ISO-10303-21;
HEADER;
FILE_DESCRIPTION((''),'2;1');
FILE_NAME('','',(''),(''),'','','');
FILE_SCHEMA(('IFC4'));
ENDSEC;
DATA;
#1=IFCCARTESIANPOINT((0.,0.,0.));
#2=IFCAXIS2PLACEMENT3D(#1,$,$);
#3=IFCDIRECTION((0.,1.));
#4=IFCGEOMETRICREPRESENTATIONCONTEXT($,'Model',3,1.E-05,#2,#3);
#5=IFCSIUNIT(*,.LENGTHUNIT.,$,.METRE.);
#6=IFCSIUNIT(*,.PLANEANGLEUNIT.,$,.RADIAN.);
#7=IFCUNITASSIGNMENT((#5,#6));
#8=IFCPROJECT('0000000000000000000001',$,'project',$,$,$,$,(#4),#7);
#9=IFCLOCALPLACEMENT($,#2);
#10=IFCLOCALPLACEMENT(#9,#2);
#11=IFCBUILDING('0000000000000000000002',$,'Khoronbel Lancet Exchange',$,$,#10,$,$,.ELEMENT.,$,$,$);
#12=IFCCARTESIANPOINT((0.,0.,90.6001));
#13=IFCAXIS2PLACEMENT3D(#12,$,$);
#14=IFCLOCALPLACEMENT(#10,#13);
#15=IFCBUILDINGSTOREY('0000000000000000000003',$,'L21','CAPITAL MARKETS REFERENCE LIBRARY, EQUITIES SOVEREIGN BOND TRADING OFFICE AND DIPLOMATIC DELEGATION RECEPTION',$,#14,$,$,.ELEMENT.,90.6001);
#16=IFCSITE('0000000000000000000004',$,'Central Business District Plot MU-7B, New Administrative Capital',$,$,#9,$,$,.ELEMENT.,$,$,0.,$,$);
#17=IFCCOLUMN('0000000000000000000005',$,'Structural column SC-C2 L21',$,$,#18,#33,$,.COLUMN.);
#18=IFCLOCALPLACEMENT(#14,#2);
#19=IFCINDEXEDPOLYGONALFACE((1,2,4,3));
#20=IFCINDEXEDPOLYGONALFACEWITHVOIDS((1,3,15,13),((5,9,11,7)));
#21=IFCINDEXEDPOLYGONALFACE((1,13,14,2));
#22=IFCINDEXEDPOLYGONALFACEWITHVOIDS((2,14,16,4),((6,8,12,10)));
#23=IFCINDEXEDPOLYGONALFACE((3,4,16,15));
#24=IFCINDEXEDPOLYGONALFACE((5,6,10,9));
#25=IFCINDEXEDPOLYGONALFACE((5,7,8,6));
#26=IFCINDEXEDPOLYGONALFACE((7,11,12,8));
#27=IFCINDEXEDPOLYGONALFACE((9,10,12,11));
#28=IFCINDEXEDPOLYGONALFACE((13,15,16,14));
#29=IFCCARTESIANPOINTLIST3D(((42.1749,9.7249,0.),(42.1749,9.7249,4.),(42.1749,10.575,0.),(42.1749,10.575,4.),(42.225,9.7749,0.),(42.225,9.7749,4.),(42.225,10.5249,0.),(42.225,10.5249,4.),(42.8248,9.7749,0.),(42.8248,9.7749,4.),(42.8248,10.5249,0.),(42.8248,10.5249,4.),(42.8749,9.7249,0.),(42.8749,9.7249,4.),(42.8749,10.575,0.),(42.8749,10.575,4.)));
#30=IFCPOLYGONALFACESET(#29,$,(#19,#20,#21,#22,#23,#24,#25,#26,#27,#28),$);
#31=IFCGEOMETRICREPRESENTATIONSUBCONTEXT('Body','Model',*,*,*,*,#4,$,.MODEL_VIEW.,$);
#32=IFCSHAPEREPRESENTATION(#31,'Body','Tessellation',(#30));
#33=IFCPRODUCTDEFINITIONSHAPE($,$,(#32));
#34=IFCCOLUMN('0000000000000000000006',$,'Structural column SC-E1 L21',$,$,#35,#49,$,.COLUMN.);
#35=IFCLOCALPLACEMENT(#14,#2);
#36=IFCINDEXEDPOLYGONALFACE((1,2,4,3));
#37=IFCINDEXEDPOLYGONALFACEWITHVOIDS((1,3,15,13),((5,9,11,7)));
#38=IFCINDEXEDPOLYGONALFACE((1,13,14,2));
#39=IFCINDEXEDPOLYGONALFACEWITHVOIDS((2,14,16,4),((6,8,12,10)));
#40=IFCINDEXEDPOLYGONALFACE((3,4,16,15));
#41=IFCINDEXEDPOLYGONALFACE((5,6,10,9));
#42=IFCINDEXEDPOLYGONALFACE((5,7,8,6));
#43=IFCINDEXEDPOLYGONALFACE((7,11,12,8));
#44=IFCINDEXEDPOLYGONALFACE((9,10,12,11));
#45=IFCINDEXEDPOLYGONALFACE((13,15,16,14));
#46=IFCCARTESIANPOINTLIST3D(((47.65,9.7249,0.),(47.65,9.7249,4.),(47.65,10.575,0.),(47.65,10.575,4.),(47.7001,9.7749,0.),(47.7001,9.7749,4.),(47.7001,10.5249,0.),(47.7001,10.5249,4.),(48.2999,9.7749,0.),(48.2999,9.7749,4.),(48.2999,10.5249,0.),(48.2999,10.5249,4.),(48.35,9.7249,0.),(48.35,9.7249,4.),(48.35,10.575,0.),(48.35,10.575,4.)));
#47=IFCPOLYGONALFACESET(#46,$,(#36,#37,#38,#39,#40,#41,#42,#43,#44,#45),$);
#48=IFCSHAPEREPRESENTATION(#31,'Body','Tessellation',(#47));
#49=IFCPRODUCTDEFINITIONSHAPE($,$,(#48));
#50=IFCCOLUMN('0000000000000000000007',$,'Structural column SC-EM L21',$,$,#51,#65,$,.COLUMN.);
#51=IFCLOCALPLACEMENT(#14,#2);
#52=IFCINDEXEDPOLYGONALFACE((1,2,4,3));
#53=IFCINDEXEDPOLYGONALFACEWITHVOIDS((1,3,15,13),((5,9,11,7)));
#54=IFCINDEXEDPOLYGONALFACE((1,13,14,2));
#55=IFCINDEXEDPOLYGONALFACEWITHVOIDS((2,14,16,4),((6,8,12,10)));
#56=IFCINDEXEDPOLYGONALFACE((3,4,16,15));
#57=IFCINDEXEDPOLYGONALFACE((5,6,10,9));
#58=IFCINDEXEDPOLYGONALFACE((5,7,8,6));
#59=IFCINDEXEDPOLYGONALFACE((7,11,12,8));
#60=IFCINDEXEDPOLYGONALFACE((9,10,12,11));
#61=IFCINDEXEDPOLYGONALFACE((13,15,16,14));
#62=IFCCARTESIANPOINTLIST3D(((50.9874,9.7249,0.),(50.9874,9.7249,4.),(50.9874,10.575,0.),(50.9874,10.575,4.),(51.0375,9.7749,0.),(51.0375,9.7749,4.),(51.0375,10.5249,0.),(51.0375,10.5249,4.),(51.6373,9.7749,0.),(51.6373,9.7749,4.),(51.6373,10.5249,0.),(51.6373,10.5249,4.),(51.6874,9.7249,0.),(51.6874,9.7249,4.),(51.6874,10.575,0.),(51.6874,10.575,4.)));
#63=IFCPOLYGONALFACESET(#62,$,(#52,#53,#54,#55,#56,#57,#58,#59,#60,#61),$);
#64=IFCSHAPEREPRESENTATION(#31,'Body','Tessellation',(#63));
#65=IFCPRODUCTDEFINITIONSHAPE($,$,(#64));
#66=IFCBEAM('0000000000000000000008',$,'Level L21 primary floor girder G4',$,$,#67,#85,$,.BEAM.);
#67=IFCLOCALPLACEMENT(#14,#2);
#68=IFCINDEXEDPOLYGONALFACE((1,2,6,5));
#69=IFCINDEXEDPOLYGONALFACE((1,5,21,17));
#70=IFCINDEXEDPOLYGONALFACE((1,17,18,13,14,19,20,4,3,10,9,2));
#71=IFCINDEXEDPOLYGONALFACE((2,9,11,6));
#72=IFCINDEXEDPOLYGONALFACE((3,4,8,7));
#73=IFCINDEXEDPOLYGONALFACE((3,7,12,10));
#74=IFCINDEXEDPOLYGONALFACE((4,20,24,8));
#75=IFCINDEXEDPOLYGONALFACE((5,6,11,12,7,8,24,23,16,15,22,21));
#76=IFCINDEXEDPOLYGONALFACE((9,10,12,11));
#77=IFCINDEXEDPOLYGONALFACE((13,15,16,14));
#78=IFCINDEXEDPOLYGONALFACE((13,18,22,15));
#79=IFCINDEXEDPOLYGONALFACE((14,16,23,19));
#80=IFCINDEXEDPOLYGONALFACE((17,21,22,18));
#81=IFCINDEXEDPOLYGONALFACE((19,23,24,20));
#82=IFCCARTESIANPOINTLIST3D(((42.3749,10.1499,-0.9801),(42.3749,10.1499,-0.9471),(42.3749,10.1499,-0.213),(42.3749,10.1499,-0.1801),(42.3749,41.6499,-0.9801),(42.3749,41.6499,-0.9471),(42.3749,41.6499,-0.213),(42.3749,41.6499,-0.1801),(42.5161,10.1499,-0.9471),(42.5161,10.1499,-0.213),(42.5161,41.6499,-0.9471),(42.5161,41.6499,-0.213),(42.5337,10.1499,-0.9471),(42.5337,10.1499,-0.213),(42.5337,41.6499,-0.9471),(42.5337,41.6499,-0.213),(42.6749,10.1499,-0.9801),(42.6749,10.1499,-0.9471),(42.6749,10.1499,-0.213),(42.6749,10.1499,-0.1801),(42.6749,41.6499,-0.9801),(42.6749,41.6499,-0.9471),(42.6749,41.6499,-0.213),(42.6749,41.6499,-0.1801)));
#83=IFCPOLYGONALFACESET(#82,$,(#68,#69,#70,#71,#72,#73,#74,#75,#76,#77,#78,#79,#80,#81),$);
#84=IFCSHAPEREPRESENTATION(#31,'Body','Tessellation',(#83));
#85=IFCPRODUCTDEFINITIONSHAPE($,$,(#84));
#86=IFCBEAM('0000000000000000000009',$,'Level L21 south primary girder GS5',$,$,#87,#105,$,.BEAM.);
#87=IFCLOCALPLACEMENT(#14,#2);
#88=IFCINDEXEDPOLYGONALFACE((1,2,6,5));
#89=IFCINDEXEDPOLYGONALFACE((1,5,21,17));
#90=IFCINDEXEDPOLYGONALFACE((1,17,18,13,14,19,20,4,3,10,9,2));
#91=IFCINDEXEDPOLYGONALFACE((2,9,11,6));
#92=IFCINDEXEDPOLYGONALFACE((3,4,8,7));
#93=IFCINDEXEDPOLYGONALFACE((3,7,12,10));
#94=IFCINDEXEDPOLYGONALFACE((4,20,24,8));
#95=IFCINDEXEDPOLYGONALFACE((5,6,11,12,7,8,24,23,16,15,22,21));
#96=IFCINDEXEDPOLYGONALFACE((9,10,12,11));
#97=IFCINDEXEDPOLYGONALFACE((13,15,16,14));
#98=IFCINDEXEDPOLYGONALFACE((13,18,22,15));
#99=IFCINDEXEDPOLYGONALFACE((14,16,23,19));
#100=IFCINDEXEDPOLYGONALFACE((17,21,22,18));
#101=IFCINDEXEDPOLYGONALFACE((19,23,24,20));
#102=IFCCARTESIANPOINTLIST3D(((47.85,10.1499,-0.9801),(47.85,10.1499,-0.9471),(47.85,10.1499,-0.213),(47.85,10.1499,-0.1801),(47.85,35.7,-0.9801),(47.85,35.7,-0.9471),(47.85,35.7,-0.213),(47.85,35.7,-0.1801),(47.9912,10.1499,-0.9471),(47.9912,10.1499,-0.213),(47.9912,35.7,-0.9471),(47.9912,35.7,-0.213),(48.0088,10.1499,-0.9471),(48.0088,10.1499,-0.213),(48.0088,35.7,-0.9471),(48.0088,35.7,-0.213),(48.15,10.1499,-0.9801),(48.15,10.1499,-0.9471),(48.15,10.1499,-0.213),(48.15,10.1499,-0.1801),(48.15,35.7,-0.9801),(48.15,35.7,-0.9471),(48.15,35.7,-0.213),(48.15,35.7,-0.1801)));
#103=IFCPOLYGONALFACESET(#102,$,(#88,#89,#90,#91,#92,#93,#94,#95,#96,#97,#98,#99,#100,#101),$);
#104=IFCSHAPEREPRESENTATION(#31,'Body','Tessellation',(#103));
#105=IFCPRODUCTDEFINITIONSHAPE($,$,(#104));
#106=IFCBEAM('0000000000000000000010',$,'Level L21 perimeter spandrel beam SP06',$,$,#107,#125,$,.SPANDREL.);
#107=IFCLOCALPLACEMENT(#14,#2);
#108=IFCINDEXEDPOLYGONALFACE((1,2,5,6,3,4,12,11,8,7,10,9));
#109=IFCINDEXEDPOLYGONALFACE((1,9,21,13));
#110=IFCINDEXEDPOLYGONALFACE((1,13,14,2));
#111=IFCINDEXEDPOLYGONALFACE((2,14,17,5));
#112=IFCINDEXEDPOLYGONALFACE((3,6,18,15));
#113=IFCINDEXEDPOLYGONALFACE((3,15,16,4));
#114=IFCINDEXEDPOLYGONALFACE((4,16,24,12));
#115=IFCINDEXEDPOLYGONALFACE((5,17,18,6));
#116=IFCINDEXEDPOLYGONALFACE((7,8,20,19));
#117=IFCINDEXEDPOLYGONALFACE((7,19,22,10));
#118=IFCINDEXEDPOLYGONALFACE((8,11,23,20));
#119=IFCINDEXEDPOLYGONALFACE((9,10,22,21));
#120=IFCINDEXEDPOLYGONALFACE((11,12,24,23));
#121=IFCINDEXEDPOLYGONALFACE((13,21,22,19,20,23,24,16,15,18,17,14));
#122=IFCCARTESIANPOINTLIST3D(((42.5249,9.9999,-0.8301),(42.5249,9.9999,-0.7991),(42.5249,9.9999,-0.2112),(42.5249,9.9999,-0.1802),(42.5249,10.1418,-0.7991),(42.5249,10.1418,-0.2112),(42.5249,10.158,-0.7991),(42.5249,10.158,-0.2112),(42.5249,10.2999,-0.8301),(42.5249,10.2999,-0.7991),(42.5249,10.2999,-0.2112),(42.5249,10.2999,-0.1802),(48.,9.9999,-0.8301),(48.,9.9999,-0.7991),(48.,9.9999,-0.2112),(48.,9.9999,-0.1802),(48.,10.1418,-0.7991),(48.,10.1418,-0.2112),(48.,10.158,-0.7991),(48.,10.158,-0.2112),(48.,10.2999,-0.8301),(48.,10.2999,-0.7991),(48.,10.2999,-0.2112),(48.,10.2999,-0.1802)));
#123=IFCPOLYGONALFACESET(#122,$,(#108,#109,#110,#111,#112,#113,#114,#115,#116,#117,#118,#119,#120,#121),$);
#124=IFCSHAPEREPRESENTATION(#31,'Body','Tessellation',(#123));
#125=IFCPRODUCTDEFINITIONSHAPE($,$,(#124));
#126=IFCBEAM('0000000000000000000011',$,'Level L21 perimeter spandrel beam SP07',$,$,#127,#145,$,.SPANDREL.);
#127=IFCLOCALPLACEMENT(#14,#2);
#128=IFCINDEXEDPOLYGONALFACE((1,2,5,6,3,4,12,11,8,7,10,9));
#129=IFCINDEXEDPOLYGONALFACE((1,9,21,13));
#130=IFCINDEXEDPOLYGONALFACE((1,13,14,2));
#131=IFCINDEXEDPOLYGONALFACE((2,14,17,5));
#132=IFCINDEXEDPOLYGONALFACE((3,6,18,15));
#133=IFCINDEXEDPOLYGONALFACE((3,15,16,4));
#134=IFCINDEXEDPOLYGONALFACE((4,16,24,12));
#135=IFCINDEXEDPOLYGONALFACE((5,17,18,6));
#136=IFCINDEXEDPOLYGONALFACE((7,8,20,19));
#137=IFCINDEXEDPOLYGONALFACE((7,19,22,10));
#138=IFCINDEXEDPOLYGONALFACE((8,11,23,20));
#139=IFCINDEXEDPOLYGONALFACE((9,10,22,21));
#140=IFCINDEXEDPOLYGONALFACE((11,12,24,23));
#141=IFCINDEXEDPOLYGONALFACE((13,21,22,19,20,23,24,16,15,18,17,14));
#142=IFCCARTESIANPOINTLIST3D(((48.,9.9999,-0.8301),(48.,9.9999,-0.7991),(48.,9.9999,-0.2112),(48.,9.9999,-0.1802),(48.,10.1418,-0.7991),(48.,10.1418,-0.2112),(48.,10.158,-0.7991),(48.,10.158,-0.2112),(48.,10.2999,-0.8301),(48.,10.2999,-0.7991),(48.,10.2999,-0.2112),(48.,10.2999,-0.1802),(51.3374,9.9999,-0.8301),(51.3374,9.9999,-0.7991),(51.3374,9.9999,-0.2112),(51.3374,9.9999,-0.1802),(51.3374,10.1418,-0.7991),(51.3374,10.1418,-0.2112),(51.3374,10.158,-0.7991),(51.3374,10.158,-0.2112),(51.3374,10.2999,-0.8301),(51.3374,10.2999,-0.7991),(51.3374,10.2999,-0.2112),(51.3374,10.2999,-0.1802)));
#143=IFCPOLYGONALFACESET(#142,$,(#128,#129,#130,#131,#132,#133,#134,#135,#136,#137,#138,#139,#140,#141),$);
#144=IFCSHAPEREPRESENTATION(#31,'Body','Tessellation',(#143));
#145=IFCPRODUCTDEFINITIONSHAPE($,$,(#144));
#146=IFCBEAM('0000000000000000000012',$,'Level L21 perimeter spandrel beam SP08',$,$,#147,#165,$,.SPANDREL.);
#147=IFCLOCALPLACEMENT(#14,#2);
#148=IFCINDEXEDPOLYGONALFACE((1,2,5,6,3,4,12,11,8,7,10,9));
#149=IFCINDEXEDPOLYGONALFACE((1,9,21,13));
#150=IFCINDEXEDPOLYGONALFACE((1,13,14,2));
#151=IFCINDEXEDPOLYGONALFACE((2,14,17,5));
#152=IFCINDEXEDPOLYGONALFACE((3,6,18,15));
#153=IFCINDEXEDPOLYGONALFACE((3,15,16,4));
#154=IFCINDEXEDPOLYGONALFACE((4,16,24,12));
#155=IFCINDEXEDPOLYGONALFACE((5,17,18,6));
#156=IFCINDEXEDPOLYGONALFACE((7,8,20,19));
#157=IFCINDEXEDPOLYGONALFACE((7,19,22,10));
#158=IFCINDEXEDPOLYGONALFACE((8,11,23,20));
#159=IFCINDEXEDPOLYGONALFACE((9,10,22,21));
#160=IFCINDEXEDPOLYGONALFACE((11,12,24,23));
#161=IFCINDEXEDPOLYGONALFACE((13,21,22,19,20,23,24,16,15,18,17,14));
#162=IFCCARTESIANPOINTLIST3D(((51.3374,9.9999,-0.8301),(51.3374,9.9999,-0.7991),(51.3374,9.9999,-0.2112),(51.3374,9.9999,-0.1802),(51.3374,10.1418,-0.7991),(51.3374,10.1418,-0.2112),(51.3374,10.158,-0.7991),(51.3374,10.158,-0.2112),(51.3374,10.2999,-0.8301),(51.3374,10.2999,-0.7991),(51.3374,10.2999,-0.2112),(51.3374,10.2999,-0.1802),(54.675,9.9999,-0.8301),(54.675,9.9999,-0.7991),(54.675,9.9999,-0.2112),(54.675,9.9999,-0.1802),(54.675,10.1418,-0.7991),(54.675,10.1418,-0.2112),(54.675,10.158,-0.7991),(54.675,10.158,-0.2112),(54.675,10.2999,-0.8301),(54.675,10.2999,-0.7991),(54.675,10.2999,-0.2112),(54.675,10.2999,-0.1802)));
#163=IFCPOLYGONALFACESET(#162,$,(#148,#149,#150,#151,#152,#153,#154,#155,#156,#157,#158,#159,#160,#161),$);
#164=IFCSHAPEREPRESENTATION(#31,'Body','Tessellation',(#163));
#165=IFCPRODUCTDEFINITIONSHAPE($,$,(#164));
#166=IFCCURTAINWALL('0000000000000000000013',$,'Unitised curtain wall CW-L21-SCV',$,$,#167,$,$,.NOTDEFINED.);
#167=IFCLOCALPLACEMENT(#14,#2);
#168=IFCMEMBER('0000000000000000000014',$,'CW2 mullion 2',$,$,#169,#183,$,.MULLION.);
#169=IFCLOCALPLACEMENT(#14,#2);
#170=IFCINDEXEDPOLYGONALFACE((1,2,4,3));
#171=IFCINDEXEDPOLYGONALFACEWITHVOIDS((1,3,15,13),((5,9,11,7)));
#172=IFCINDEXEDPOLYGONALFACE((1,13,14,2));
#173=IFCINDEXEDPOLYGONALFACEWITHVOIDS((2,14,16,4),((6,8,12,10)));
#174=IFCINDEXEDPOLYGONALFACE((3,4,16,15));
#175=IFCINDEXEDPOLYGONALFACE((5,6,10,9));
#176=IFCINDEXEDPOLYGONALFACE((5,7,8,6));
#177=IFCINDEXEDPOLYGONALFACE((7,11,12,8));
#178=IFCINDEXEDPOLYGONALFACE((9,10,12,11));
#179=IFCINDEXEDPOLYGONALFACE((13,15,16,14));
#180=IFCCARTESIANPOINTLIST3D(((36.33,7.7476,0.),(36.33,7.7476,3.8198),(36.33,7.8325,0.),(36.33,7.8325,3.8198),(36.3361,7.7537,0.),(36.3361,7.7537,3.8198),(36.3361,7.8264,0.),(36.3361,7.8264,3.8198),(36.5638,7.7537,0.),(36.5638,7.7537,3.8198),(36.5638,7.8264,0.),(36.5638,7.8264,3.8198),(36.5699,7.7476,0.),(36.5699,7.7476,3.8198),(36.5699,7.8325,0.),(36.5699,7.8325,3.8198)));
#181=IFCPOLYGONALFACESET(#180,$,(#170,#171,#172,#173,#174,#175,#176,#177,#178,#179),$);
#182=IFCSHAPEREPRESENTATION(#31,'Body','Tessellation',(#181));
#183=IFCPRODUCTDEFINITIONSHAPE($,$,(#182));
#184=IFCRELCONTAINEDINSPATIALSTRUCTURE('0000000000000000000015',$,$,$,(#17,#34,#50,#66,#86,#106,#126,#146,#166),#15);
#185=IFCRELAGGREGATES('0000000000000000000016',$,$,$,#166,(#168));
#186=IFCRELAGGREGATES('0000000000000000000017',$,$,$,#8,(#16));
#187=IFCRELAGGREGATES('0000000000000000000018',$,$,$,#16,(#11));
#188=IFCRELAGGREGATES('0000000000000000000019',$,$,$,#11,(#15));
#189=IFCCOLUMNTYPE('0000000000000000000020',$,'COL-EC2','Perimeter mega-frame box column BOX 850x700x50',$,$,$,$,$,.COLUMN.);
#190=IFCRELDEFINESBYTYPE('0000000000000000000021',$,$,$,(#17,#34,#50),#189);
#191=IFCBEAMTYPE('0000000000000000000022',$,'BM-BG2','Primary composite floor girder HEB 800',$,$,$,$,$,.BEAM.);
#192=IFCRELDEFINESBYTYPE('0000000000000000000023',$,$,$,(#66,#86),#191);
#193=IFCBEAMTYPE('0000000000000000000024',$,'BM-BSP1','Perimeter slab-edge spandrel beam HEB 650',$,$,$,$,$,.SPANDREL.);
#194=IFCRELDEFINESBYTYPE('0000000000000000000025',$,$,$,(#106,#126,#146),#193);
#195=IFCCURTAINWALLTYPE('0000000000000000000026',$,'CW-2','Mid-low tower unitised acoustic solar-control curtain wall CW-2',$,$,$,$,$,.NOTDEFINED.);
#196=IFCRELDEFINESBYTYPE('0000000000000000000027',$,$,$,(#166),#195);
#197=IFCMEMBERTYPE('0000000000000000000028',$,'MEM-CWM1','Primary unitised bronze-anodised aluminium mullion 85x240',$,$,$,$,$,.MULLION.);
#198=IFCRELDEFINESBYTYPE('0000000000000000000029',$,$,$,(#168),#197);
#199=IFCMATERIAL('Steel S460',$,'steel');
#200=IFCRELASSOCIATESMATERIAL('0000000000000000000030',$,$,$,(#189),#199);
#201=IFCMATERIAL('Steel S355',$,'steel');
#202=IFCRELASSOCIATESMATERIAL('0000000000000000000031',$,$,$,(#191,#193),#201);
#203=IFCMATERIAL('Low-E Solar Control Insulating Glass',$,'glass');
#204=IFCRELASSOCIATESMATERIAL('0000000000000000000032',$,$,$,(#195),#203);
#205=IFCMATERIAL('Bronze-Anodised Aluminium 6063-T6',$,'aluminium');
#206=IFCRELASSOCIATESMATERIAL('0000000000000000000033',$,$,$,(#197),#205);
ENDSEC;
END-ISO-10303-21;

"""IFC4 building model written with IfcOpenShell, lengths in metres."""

from ifc_helpers import new_model, si_unit, direction, frame, origin, origin_2d, place, context, subcontext, project, spatial, hollow_rectangle, i_section, extrude, material, material_profile, profile_set, type_object, element, aggregate, save


model = new_model("IFC4")

# Units and contexts
model_context = context("Model", 3, precision=1e-05, world=origin(), true_north=direction((0.0, 1.0)))
body_context = subcontext(model_context, "Body", "Model", "MODEL_VIEW")
ifc_project = project(units=[si_unit("LENGTHUNIT", "METRE"), si_unit("PLANEANGLEUNIT", "RADIAN")], contexts=[model_context])

# Site, building, storey
site_placement = place(None, origin())
site = spatial("IfcSite", under=ifc_project, at=site_placement, Name="Central Business District Plot MU-7B, New Administrative Capital", CompositionType="ELEMENT", RefElevation=0.0)
building_placement = place(site_placement, origin())
building = spatial("IfcBuilding", under=site, at=building_placement, Name="Khoronbel Lancet Exchange", CompositionType="ELEMENT")
storey_placement = place(building_placement, frame((0.0, 0.0, 90.6001)))
storey = spatial("IfcBuildingStorey", under=building, at=storey_placement, Name="L21", Description="CAPITAL MARKETS REFERENCE LIBRARY, EQUITIES SOVEREIGN BOND TRADING OFFICE AND DIPLOMATIC DELEGATION RECEPTION", CompositionType="ELEMENT", Elevation=90.6001)

# Columns
ifc_material_1 = material(Name="Steel S460", Category="steel")
ifc_material_profile_1 = material_profile(ifc_material_1, hollow_rectangle(XDim=0.7, YDim=0.8501, WallThickness=0.05, at=origin_2d()), Name="BOX 850x700x50")
ifc_profile_set_1 = profile_set([ifc_material_profile_1], Name="Steel S460")
column_type = type_object("IfcColumnType", Name="COL-EC2", Description="Perimeter mega-frame box column BOX 850x700x50", PredefinedType="COLUMN", material=ifc_profile_set_1)
for number, where, z_axis, x_axis, name in (
    (1, (42.5249, 10.1499, 0.0), (0.0, 0.0, 1.0), (1.0, 0.0, 0.0), "Structural column SC-C2 L21"),
    (2, (48.0, 10.1499, 0.0), (0.0, 0.0, 1.0), (1.0, 0.0, 0.0), "Structural column SC-E1 L21"),
    (3, (51.3374, 10.1499, 0.0), (0.0, 0.0, 1.0), (1.0, 0.0, 0.0), "Structural column SC-EM L21"),
):
    element("IfcColumn", number, at=place(storey_placement, frame(where, z_axis=z_axis, x_axis=x_axis)), inside=storey, type_object=column_type, Name=name, PredefinedType="COLUMN", context=body_context, shape_type="SweptSolid", body=[
        extrude(hollow_rectangle(XDim=0.7, YDim=0.8501, WallThickness=0.05, at=origin_2d()), origin(), (0.0, 0.0, 1.0), 4.0),
    ])

# Beams
ifc_material_2 = material(Name="Steel S355", Category="steel")
ifc_material_profile_2 = material_profile(ifc_material_2, i_section(OverallWidth=0.3, OverallDepth=0.8, WebThickness=0.0176, FlangeThickness=0.033, at=origin_2d()), Name="HEB 800")
ifc_profile_set_2 = profile_set([ifc_material_profile_2], Name="Steel S355")
beam_type_1 = type_object("IfcBeamType", Name="BM-BG2", Description="Primary composite floor girder HEB 800", PredefinedType="BEAM", material=ifc_profile_set_2)
beam_1_placement = place(storey_placement, frame((42.5249, 10.1499, -0.5801), z_axis=(0.0, 1.0, 0.0), x_axis=(-1.0, 0.0, 0.0)))
element("IfcBeam", 4, at=beam_1_placement, inside=storey, type_object=beam_type_1, Name="Level L21 primary floor girder G4", PredefinedType="BEAM", context=body_context, shape_type="SweptSolid", body=[
    extrude(i_section(OverallWidth=0.3, OverallDepth=0.8, WebThickness=0.0176, FlangeThickness=0.033, at=origin_2d()), origin(), (0.0, 0.0, 1.0), 31.5),
])
beam_2_placement = place(storey_placement, frame((48.0, 10.1499, -0.5801), z_axis=(0.0, 1.0, 0.0), x_axis=(-1.0, 0.0, 0.0)))
element("IfcBeam", 5, at=beam_2_placement, inside=storey, type_object=beam_type_1, Name="Level L21 south primary girder GS5", PredefinedType="BEAM", context=body_context, shape_type="SweptSolid", body=[
    extrude(i_section(OverallWidth=0.3, OverallDepth=0.8, WebThickness=0.0176, FlangeThickness=0.033, at=origin_2d()), origin(), (0.0, 0.0, 1.0), 25.55),
])
ifc_material_profile_3 = material_profile(ifc_material_2, i_section(OverallWidth=0.3, OverallDepth=0.6499, WebThickness=0.0161, FlangeThickness=0.031, at=origin_2d()), Name="HEB 650")
ifc_profile_set_3 = profile_set([ifc_material_profile_3], Name="Steel S355")
beam_type_2 = type_object("IfcBeamType", Name="BM-BSP1", Description="Perimeter slab-edge spandrel beam HEB 650", PredefinedType="SPANDREL", material=ifc_profile_set_3)
beam_3_placement = place(storey_placement, frame((42.5249, 10.1499, -0.5051), z_axis=(1.0, 0.0, 0.0), x_axis=(0.0, 1.0, 0.0)))
element("IfcBeam", 6, at=beam_3_placement, inside=storey, type_object=beam_type_2, Name="Level L21 perimeter spandrel beam SP06", PredefinedType="SPANDREL", context=body_context, shape_type="SweptSolid", body=[
    extrude(i_section(OverallWidth=0.3, OverallDepth=0.6499, WebThickness=0.0161, FlangeThickness=0.031, at=origin_2d()), origin(), (0.0, 0.0, 1.0), 5.4751),
])
beam_4_placement = place(storey_placement, frame((48.0, 10.1499, -0.5051), z_axis=(1.0, 0.0, 0.0), x_axis=(0.0, 1.0, 0.0)))
element("IfcBeam", 7, at=beam_4_placement, inside=storey, type_object=beam_type_2, Name="Level L21 perimeter spandrel beam SP07", PredefinedType="SPANDREL", context=body_context, shape_type="SweptSolid", body=[
    extrude(i_section(OverallWidth=0.3, OverallDepth=0.6499, WebThickness=0.0161, FlangeThickness=0.031, at=origin_2d()), origin(), (0.0, 0.0, 1.0), 3.3374),
])
beam_5_placement = place(storey_placement, frame((51.3374, 10.1499, -0.5051), z_axis=(1.0, 0.0, 0.0), x_axis=(0.0, 1.0, 0.0)))
element("IfcBeam", 8, at=beam_5_placement, inside=storey, type_object=beam_type_2, Name="Level L21 perimeter spandrel beam SP08", PredefinedType="SPANDREL", context=body_context, shape_type="SweptSolid", body=[
    extrude(i_section(OverallWidth=0.3, OverallDepth=0.6499, WebThickness=0.0161, FlangeThickness=0.031, at=origin_2d()), origin(), (0.0, 0.0, 1.0), 3.3376),
])

# Curtain wall, member
ifc_material_3 = material(Name="Low-E Solar Control Insulating Glass", Category="glass")
curtain_wall_type = type_object("IfcCurtainWallType", Name="CW-2", Description="Mid-low tower unitised acoustic solar-control curtain wall CW-2", PredefinedType="NOTDEFINED", material=ifc_material_3)
curtain_wall_1_placement = place(storey_placement, origin())
curtain_wall_1 = element("IfcCurtainWall", 9, at=curtain_wall_1_placement, inside=storey, type_object=curtain_wall_type, Name="Unitised curtain wall CW-L21-SCV", PredefinedType="NOTDEFINED")
ifc_material_4 = material(Name="Bronze-Anodised Aluminium 6063-T6", Category="aluminium")
ifc_material_profile_4 = material_profile(ifc_material_4, hollow_rectangle(XDim=0.085, YDim=0.24, WallThickness=0.0061, at=origin_2d()), Name="ALU MULLION 85x240")
ifc_profile_set_4 = profile_set([ifc_material_profile_4], Name="Bronze-Anodised Aluminium 6063-T6")
member_type_1 = type_object("IfcMemberType", Name="MEM-CWM1", Description="Primary unitised bronze-anodised aluminium mullion 85x240", PredefinedType="MULLION", material=ifc_profile_set_4)
member_1_placement = place(storey_placement, frame((36.45, 7.79, 0.0), z_axis=(0.0, 0.0, 1.0), x_axis=(0.0, 1.0, 0.0)))
member_1 = element("IfcMember", 10, at=member_1_placement, type_object=member_type_1, Name="CW2 mullion 2", PredefinedType="MULLION", context=body_context, shape_type="SweptSolid", body=[
    extrude(hollow_rectangle(XDim=0.085, YDim=0.24, WallThickness=0.0061, at=origin_2d()), origin(), (0.0, 0.0, 1.0), 3.8198),
])

aggregate(curtain_wall_1, [member_1])

save(model, "model.ifc")
